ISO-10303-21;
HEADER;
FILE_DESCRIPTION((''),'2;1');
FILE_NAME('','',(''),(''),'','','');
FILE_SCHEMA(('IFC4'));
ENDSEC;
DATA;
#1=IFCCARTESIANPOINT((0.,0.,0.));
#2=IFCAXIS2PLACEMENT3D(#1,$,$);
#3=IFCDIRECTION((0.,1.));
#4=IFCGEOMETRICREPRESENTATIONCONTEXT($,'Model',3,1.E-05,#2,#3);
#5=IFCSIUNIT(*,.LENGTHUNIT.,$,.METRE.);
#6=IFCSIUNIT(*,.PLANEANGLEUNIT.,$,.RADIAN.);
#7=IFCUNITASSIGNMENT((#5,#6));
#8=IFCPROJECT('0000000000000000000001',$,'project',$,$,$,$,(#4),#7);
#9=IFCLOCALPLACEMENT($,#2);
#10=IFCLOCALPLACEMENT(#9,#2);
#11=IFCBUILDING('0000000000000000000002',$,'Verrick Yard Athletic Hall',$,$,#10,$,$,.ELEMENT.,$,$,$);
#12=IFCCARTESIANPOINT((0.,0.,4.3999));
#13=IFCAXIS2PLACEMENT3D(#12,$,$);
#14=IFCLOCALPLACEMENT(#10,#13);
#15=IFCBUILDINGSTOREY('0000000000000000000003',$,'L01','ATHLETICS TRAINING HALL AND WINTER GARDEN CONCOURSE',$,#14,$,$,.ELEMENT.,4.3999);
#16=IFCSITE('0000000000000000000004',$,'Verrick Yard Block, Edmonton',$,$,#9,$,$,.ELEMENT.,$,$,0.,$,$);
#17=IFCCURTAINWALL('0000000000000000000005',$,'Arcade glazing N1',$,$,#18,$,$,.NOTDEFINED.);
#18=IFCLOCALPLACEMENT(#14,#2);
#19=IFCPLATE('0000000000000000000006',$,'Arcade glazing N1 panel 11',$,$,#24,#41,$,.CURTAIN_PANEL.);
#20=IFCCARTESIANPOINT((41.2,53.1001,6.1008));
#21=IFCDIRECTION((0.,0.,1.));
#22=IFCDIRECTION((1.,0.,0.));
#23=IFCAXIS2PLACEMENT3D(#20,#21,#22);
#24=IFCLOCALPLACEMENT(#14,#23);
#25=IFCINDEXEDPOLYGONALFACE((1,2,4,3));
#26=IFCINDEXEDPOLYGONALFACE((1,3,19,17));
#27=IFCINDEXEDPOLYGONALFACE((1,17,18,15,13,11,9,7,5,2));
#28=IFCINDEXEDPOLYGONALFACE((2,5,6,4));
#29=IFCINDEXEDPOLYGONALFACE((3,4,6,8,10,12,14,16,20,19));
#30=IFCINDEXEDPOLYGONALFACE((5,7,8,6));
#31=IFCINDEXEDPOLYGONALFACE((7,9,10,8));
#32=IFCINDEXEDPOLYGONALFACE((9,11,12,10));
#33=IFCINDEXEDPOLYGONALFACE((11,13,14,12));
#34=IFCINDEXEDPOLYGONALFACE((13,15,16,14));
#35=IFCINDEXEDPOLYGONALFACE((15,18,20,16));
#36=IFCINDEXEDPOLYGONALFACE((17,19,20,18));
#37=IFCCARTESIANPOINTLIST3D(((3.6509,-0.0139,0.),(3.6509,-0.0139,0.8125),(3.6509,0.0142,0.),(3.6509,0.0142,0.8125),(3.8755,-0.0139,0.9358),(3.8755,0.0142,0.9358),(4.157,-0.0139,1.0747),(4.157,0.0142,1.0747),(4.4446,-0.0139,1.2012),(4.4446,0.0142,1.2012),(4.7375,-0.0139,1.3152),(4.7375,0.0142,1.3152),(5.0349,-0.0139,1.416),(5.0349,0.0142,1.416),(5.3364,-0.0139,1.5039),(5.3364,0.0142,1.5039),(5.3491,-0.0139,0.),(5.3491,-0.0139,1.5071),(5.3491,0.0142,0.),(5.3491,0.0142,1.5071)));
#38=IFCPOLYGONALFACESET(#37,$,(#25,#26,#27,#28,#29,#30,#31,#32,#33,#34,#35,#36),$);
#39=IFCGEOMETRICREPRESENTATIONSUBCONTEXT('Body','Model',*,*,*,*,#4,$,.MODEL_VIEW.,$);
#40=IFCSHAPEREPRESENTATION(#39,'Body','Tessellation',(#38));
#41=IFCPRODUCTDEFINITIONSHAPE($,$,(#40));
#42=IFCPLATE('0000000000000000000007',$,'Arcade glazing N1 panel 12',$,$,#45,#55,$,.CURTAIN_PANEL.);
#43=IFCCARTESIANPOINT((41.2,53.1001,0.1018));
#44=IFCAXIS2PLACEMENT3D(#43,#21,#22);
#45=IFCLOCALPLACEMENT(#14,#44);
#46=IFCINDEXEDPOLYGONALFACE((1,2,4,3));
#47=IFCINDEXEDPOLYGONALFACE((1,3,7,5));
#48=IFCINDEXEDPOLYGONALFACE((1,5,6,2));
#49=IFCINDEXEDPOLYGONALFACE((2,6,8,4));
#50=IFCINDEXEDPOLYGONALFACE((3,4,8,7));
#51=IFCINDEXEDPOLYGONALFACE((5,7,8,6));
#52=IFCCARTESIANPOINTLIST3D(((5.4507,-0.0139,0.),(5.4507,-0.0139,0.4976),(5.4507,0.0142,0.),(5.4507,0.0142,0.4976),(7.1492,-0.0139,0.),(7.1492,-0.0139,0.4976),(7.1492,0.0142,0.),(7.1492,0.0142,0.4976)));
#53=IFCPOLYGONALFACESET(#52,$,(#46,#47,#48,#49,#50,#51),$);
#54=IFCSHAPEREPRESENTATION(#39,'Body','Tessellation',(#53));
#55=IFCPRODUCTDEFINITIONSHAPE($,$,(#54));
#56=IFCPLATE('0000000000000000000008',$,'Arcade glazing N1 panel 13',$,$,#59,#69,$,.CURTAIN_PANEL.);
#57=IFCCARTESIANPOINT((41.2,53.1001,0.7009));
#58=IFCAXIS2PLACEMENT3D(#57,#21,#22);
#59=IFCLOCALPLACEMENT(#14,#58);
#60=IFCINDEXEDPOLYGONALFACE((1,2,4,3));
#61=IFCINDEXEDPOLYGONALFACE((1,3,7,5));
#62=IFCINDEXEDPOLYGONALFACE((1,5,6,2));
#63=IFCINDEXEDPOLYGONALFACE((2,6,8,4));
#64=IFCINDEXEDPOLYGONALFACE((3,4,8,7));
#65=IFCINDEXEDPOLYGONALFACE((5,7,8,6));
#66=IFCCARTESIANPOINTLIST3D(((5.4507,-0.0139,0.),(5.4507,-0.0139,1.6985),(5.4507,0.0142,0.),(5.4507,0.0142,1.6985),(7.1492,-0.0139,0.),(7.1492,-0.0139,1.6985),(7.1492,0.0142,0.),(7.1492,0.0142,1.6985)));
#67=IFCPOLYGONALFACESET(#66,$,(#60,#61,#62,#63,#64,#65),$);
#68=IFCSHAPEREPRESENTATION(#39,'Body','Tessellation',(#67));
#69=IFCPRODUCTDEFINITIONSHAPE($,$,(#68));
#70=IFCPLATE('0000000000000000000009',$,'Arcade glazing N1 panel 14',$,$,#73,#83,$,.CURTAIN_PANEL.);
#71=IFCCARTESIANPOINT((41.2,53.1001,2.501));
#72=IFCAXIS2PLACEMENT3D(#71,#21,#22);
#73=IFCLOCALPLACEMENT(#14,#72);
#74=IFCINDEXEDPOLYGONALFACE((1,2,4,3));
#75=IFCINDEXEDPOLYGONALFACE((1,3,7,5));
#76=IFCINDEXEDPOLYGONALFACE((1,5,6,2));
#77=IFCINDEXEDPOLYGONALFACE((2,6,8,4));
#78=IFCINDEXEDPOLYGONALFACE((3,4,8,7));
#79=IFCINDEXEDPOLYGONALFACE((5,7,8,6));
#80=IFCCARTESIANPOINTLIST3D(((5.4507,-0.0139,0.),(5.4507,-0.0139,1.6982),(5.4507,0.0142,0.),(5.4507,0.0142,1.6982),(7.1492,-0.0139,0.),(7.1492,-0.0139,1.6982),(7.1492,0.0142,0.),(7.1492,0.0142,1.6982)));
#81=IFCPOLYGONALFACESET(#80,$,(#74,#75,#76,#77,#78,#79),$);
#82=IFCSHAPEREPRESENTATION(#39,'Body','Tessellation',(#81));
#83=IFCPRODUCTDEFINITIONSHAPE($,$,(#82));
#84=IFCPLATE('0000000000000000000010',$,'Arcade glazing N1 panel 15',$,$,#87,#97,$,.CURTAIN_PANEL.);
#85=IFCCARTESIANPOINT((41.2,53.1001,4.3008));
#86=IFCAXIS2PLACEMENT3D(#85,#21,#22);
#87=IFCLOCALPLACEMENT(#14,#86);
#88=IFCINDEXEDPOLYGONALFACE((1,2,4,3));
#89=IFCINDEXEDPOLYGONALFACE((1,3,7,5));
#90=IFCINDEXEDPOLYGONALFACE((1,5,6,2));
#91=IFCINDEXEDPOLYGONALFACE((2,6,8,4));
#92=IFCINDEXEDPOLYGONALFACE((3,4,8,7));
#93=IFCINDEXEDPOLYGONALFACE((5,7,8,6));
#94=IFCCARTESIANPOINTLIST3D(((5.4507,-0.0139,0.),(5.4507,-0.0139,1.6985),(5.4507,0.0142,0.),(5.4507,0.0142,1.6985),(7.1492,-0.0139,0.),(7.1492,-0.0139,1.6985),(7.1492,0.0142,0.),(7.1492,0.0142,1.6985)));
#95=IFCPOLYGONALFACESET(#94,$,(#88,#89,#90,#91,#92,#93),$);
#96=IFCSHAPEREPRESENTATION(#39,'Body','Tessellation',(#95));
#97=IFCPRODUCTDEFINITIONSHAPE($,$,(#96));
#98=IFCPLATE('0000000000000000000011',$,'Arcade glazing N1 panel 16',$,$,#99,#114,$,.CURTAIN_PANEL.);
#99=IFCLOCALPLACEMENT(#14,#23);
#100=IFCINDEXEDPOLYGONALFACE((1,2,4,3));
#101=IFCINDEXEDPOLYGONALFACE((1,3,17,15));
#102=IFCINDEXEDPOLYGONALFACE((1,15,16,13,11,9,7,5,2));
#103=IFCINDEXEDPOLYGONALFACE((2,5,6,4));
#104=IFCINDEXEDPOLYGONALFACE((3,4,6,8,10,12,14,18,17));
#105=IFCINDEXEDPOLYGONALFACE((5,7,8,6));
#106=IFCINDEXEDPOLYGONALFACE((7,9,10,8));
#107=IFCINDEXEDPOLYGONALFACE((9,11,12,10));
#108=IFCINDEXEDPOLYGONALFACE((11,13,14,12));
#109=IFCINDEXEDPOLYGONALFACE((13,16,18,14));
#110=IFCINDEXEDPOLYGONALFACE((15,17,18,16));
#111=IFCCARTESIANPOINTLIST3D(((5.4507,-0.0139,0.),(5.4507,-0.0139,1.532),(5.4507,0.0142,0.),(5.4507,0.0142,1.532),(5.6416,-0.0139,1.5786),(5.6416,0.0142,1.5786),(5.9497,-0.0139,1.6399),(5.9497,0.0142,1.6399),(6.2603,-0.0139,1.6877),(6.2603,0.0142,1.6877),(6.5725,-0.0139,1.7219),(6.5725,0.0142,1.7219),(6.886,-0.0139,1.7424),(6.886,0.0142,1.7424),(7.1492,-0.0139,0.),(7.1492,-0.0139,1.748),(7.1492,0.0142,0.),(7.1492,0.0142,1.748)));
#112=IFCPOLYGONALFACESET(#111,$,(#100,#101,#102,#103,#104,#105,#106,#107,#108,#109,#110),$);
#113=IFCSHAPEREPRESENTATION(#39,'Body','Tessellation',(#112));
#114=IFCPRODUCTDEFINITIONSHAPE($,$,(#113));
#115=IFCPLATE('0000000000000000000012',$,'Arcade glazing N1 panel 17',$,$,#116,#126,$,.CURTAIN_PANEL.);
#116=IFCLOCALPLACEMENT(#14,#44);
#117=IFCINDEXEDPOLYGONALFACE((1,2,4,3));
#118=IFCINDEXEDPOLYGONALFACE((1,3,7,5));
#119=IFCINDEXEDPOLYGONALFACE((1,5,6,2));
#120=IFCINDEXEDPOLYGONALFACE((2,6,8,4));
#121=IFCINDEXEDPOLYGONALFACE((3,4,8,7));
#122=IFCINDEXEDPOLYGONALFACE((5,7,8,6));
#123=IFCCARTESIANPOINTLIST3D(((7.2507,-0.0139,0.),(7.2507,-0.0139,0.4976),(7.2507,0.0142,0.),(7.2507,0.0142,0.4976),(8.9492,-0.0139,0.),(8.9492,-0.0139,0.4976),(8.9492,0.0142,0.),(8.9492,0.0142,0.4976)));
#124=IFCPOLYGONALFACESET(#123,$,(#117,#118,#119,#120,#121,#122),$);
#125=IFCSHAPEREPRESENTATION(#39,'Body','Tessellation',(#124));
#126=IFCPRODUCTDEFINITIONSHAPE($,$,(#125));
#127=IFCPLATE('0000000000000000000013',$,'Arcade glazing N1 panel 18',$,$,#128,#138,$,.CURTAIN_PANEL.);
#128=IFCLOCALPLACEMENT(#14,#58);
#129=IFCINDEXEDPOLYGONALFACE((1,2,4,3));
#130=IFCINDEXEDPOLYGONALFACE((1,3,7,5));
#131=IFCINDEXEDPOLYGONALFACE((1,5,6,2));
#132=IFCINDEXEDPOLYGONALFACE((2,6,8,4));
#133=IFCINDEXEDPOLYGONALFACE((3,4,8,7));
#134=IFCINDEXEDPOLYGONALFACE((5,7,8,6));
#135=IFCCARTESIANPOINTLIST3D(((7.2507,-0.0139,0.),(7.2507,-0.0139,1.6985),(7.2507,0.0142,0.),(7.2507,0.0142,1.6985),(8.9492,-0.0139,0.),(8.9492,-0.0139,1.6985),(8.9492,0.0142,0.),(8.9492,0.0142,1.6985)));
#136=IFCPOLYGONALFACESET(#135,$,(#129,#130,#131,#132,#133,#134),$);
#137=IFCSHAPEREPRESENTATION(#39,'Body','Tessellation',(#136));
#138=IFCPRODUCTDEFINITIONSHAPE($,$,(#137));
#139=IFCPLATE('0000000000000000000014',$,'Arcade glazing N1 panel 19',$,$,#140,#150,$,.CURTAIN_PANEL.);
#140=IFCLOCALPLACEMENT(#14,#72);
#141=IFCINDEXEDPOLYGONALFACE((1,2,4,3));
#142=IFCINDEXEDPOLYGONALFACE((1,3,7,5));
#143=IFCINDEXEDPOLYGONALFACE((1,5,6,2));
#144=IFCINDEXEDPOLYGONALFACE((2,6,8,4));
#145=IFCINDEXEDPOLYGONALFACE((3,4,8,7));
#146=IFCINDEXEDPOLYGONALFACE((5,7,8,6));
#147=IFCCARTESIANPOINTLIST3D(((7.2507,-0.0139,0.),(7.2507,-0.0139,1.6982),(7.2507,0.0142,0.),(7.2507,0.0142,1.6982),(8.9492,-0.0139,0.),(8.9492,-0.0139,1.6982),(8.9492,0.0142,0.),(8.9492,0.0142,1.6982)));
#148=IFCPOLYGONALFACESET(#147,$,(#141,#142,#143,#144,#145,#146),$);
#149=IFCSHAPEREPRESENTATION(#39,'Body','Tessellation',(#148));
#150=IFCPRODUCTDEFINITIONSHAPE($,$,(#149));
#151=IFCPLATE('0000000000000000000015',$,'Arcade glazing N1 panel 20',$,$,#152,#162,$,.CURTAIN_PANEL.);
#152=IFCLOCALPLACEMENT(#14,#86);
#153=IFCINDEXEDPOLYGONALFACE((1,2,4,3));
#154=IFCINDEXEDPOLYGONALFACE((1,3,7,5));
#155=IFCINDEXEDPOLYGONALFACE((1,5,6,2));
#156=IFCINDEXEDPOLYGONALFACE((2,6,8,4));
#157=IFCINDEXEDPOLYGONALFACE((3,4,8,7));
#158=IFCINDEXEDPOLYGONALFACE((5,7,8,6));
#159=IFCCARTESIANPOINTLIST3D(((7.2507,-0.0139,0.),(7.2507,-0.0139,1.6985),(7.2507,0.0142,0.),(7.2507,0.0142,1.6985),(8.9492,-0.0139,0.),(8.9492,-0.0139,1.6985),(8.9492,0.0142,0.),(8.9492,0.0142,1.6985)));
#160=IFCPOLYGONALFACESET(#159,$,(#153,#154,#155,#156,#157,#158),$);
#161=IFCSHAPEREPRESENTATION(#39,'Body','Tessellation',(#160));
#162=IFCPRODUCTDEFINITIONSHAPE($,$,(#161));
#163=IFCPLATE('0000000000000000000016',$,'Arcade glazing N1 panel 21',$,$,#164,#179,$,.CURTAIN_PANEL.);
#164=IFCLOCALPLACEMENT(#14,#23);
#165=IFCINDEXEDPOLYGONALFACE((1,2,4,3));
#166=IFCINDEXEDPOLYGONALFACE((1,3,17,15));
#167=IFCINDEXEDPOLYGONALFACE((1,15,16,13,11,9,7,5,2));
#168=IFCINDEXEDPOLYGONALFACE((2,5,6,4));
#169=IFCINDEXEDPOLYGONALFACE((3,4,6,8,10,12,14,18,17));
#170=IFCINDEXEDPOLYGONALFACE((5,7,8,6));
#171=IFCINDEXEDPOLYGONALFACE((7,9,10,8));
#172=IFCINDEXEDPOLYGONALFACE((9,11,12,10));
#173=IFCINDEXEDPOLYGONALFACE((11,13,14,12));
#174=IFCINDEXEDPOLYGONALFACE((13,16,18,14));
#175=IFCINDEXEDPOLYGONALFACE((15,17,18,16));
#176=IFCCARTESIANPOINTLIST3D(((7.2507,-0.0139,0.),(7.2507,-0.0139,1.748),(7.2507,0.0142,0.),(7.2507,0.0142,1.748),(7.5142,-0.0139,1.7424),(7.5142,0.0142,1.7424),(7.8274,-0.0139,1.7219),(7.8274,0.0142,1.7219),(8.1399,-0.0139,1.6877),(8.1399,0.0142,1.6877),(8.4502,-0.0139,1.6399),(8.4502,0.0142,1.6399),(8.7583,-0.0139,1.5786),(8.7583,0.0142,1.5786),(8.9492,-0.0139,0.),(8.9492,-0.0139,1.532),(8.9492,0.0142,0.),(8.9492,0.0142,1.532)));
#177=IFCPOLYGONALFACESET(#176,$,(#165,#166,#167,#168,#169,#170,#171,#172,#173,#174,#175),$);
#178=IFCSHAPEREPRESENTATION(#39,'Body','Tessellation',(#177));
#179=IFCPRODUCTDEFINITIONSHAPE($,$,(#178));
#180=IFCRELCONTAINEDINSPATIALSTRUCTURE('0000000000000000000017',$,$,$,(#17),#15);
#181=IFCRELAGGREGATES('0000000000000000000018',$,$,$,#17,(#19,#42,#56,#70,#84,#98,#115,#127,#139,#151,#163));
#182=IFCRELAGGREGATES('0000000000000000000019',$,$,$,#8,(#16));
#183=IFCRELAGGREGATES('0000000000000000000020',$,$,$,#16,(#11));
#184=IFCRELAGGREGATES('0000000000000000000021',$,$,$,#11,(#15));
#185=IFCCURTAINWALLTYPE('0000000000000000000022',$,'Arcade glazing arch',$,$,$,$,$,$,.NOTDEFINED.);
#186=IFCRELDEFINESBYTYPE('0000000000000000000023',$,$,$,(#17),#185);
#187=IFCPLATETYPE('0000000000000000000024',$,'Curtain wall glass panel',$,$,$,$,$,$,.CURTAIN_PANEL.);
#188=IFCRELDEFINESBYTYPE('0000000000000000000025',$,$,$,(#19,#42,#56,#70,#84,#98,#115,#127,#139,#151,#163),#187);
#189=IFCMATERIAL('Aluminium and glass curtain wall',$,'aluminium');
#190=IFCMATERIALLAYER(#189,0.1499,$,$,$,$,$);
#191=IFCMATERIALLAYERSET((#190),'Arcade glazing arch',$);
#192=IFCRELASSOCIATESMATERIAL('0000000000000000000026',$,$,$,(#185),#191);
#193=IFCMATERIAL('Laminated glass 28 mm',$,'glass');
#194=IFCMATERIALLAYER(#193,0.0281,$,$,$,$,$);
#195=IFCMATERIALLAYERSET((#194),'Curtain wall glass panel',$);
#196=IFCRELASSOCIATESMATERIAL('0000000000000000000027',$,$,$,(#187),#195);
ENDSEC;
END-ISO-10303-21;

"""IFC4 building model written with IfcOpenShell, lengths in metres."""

from ifc_helpers import new_model, si_unit, direction, frame, origin, place, context, subcontext, project, spatial, polyline, outline, extrude, material, layer, layer_set, type_object, element, aggregate, save


model = new_model("IFC4")

# Units and contexts
model_context = context("Model", 3, precision=1e-05, world=origin(), true_north=direction((0.0, 1.0)))
body_context = subcontext(model_context, "Body", "Model", "MODEL_VIEW")
ifc_project = project(units=[si_unit("LENGTHUNIT", "METRE"), si_unit("PLANEANGLEUNIT", "RADIAN")], contexts=[model_context])

# Site, building, storey
site_placement = place(None, origin())
site = spatial("IfcSite", under=ifc_project, at=site_placement, Name="Verrick Yard Block, Edmonton", CompositionType="ELEMENT", RefElevation=0.0)
building_placement = place(site_placement, origin())
building = spatial("IfcBuilding", under=site, at=building_placement, Name="Verrick Yard Athletic Hall", CompositionType="ELEMENT")
storey_placement = place(building_placement, frame((0.0, 0.0, 4.3999)))
storey = spatial("IfcBuildingStorey", under=building, at=storey_placement, Name="L01", Description="ATHLETICS TRAINING HALL AND WINTER GARDEN CONCOURSE", CompositionType="ELEMENT", Elevation=4.3999)

# Curtain wall, plates
ifc_material_1 = material(Name="Aluminium and glass curtain wall", Category="aluminium")
ifc_layer_1 = layer(ifc_material_1, 0.1499)
ifc_layer_set_1 = layer_set([ifc_layer_1], Name="Arcade glazing arch")
curtain_wall_type = type_object("IfcCurtainWallType", Name="Arcade glazing arch", PredefinedType="NOTDEFINED", material=ifc_layer_set_1)
curtain_wall_placement = place(storey_placement, origin())
curtain_wall = element("IfcCurtainWall", 1, at=curtain_wall_placement, inside=storey, type_object=curtain_wall_type, Name="Arcade glazing N1", PredefinedType="NOTDEFINED")
ifc_material_2 = material(Name="Laminated glass 28 mm", Category="glass")
ifc_layer_2 = layer(ifc_material_2, 0.0281)
ifc_layer_set_2 = layer_set([ifc_layer_2], Name="Curtain wall glass panel")
plate_type = type_object("IfcPlateType", Name="Curtain wall glass panel", PredefinedType="CURTAIN_PANEL", material=ifc_layer_set_2)
plate_1_placement = place(storey_placement, frame((41.2, 53.1001, 6.1008), z_axis=(0.0, 0.0, 1.0), x_axis=(1.0, 0.0, 0.0)))
plate_1 = element("IfcPlate", 2, at=plate_1_placement, type_object=plate_type, Name="Arcade glazing N1 panel 11", PredefinedType="CURTAIN_PANEL", context=body_context, shape_type="SweptSolid", body=[
    extrude(outline(polyline([(5.3491, 1.5071), (5.3364, 1.5039), (5.0349, 1.416), (4.7375, 1.3152), (4.4446, 1.2012), (4.157, 1.0747), (3.8755, 0.9358), (3.6509, 0.8125), (3.6509, 0.0), (5.3491, 0.0), (5.3491, 1.5071)])), frame((0.0, 0.0142, 0.0), z_axis=(0.0, -1.0, 0.0), x_axis=(1.0, 0.0, 0.0)), (0.0, 0.0, 1.0), 0.0281),
])
plate_2_placement = place(storey_placement, frame((41.2, 53.1001, 0.1018), z_axis=(0.0, 0.0, 1.0), x_axis=(1.0, 0.0, 0.0)))
plate_2 = element("IfcPlate", 3, at=plate_2_placement, type_object=plate_type, Name="Arcade glazing N1 panel 12", PredefinedType="CURTAIN_PANEL", context=body_context, shape_type="SweptSolid", body=[
    extrude(outline(polyline([(7.1492, 0.0), (7.1492, 0.4976), (5.4507, 0.4976), (5.4507, 0.0), (7.1492, 0.0)])), frame((0.0, 0.0142, 0.0), z_axis=(0.0, -1.0, 0.0), x_axis=(1.0, 0.0, 0.0)), (0.0, 0.0, 1.0), 0.0281),
])
plate_3_placement = place(storey_placement, frame((41.2, 53.1001, 0.7009), z_axis=(0.0, 0.0, 1.0), x_axis=(1.0, 0.0, 0.0)))
plate_3 = element("IfcPlate", 4, at=plate_3_placement, type_object=plate_type, Name="Arcade glazing N1 panel 13", PredefinedType="CURTAIN_PANEL", context=body_context, shape_type="SweptSolid", body=[
    extrude(outline(polyline([(7.1492, 0.0), (7.1492, 1.6985), (5.4507, 1.6985), (5.4507, 0.0), (7.1492, 0.0)])), frame((0.0, 0.0142, 0.0), z_axis=(0.0, -1.0, 0.0), x_axis=(1.0, 0.0, 0.0)), (0.0, 0.0, 1.0), 0.0281),
])
plate_4_placement = place(storey_placement, frame((41.2, 53.1001, 2.501), z_axis=(0.0, 0.0, 1.0), x_axis=(1.0, 0.0, 0.0)))
plate_4 = element("IfcPlate", 5, at=plate_4_placement, type_object=plate_type, Name="Arcade glazing N1 panel 14", PredefinedType="CURTAIN_PANEL", context=body_context, shape_type="SweptSolid", body=[
    extrude(outline(polyline([(7.1492, 0.0), (7.1492, 1.6982), (5.4507, 1.6982), (5.4507, 0.0), (7.1492, 0.0)])), frame((0.0, 0.0142, 0.0), z_axis=(0.0, -1.0, 0.0), x_axis=(1.0, 0.0, 0.0)), (0.0, 0.0, 1.0), 0.0281),
])
plate_5_placement = place(storey_placement, frame((41.2, 53.1001, 4.3008), z_axis=(0.0, 0.0, 1.0), x_axis=(1.0, 0.0, 0.0)))
plate_5 = element("IfcPlate", 6, at=plate_5_placement, type_object=plate_type, Name="Arcade glazing N1 panel 15", PredefinedType="CURTAIN_PANEL", context=body_context, shape_type="SweptSolid", body=[
    extrude(outline(polyline([(7.1492, 0.0), (7.1492, 1.6985), (5.4507, 1.6985), (5.4507, 0.0), (7.1492, 0.0)])), frame((0.0, 0.0142, 0.0), z_axis=(0.0, -1.0, 0.0), x_axis=(1.0, 0.0, 0.0)), (0.0, 0.0, 1.0), 0.0281),
])
plate_6_placement = place(storey_placement, frame((41.2, 53.1001, 6.1008), z_axis=(0.0, 0.0, 1.0), x_axis=(1.0, 0.0, 0.0)))
plate_6 = element("IfcPlate", 7, at=plate_6_placement, type_object=plate_type, Name="Arcade glazing N1 panel 16", PredefinedType="CURTAIN_PANEL", context=body_context, shape_type="SweptSolid", body=[
    extrude(outline(polyline([(7.1492, 1.748), (6.886, 1.7424), (6.5725, 1.7219), (6.2603, 1.6877), (5.9497, 1.6399), (5.6416, 1.5786), (5.4507, 1.532), (5.4507, 0.0), (7.1492, 0.0), (7.1492, 1.748)])), frame((0.0, 0.0142, 0.0), z_axis=(0.0, -1.0, 0.0), x_axis=(1.0, 0.0, 0.0)), (0.0, 0.0, 1.0), 0.0281),
])
plate_7_placement = place(storey_placement, frame((41.2, 53.1001, 0.1018), z_axis=(0.0, 0.0, 1.0), x_axis=(1.0, 0.0, 0.0)))
plate_7 = element("IfcPlate", 8, at=plate_7_placement, type_object=plate_type, Name="Arcade glazing N1 panel 17", PredefinedType="CURTAIN_PANEL", context=body_context, shape_type="SweptSolid", body=[
    extrude(outline(polyline([(8.9492, 0.0), (8.9492, 0.4976), (7.2507, 0.4976), (7.2507, 0.0), (8.9492, 0.0)])), frame((0.0, 0.0142, 0.0), z_axis=(0.0, -1.0, 0.0), x_axis=(1.0, 0.0, 0.0)), (0.0, 0.0, 1.0), 0.0281),
])
plate_8_placement = place(storey_placement, frame((41.2, 53.1001, 0.7009), z_axis=(0.0, 0.0, 1.0), x_axis=(1.0, 0.0, 0.0)))
plate_8 = element("IfcPlate", 9, at=plate_8_placement, type_object=plate_type, Name="Arcade glazing N1 panel 18", PredefinedType="CURTAIN_PANEL", context=body_context, shape_type="SweptSolid", body=[
    extrude(outline(polyline([(8.9492, 0.0), (8.9492, 1.6985), (7.2507, 1.6985), (7.2507, 0.0), (8.9492, 0.0)])), frame((0.0, 0.0142, 0.0), z_axis=(0.0, -1.0, 0.0), x_axis=(1.0, 0.0, 0.0)), (0.0, 0.0, 1.0), 0.0281),
])
plate_9_placement = place(storey_placement, frame((41.2, 53.1001, 2.501), z_axis=(0.0, 0.0, 1.0), x_axis=(1.0, 0.0, 0.0)))
plate_9 = element("IfcPlate", 10, at=plate_9_placement, type_object=plate_type, Name="Arcade glazing N1 panel 19", PredefinedType="CURTAIN_PANEL", context=body_context, shape_type="SweptSolid", body=[
    extrude(outline(polyline([(8.9492, 0.0), (8.9492, 1.6982), (7.2507, 1.6982), (7.2507, 0.0), (8.9492, 0.0)])), frame((0.0, 0.0142, 0.0), z_axis=(0.0, -1.0, 0.0), x_axis=(1.0, 0.0, 0.0)), (0.0, 0.0, 1.0), 0.0281),
])
plate_10_placement = place(storey_placement, frame((41.2, 53.1001, 4.3008), z_axis=(0.0, 0.0, 1.0), x_axis=(1.0, 0.0, 0.0)))
plate_10 = element("IfcPlate", 11, at=plate_10_placement, type_object=plate_type, Name="Arcade glazing N1 panel 20", PredefinedType="CURTAIN_PANEL", context=body_context, shape_type="SweptSolid", body=[
    extrude(outline(polyline([(8.9492, 0.0), (8.9492, 1.6985), (7.2507, 1.6985), (7.2507, 0.0), (8.9492, 0.0)])), frame((0.0, 0.0142, 0.0), z_axis=(0.0, -1.0, 0.0), x_axis=(1.0, 0.0, 0.0)), (0.0, 0.0, 1.0), 0.0281),
])
plate_11_placement = place(storey_placement, frame((41.2, 53.1001, 6.1008), z_axis=(0.0, 0.0, 1.0), x_axis=(1.0, 0.0, 0.0)))
plate_11 = element("IfcPlate", 12, at=plate_11_placement, type_object=plate_type, Name="Arcade glazing N1 panel 21", PredefinedType="CURTAIN_PANEL", context=body_context, shape_type="SweptSolid", body=[
    extrude(outline(polyline([(8.9492, 1.532), (8.7583, 1.5786), (8.4502, 1.6399), (8.1399, 1.6877), (7.8274, 1.7219), (7.5142, 1.7424), (7.2507, 1.748), (7.2507, 0.0), (8.9492, 0.0), (8.9492, 1.532)])), frame((0.0, 0.0142, 0.0), z_axis=(0.0, -1.0, 0.0), x_axis=(1.0, 0.0, 0.0)), (0.0, 0.0, 1.0), 0.0281),
])
aggregate(curtain_wall, [plate_1, plate_2, plate_3, plate_4, plate_5, plate_6, plate_7, plate_8, plate_9, plate_10, plate_11])

save(model, "model.ifc")
